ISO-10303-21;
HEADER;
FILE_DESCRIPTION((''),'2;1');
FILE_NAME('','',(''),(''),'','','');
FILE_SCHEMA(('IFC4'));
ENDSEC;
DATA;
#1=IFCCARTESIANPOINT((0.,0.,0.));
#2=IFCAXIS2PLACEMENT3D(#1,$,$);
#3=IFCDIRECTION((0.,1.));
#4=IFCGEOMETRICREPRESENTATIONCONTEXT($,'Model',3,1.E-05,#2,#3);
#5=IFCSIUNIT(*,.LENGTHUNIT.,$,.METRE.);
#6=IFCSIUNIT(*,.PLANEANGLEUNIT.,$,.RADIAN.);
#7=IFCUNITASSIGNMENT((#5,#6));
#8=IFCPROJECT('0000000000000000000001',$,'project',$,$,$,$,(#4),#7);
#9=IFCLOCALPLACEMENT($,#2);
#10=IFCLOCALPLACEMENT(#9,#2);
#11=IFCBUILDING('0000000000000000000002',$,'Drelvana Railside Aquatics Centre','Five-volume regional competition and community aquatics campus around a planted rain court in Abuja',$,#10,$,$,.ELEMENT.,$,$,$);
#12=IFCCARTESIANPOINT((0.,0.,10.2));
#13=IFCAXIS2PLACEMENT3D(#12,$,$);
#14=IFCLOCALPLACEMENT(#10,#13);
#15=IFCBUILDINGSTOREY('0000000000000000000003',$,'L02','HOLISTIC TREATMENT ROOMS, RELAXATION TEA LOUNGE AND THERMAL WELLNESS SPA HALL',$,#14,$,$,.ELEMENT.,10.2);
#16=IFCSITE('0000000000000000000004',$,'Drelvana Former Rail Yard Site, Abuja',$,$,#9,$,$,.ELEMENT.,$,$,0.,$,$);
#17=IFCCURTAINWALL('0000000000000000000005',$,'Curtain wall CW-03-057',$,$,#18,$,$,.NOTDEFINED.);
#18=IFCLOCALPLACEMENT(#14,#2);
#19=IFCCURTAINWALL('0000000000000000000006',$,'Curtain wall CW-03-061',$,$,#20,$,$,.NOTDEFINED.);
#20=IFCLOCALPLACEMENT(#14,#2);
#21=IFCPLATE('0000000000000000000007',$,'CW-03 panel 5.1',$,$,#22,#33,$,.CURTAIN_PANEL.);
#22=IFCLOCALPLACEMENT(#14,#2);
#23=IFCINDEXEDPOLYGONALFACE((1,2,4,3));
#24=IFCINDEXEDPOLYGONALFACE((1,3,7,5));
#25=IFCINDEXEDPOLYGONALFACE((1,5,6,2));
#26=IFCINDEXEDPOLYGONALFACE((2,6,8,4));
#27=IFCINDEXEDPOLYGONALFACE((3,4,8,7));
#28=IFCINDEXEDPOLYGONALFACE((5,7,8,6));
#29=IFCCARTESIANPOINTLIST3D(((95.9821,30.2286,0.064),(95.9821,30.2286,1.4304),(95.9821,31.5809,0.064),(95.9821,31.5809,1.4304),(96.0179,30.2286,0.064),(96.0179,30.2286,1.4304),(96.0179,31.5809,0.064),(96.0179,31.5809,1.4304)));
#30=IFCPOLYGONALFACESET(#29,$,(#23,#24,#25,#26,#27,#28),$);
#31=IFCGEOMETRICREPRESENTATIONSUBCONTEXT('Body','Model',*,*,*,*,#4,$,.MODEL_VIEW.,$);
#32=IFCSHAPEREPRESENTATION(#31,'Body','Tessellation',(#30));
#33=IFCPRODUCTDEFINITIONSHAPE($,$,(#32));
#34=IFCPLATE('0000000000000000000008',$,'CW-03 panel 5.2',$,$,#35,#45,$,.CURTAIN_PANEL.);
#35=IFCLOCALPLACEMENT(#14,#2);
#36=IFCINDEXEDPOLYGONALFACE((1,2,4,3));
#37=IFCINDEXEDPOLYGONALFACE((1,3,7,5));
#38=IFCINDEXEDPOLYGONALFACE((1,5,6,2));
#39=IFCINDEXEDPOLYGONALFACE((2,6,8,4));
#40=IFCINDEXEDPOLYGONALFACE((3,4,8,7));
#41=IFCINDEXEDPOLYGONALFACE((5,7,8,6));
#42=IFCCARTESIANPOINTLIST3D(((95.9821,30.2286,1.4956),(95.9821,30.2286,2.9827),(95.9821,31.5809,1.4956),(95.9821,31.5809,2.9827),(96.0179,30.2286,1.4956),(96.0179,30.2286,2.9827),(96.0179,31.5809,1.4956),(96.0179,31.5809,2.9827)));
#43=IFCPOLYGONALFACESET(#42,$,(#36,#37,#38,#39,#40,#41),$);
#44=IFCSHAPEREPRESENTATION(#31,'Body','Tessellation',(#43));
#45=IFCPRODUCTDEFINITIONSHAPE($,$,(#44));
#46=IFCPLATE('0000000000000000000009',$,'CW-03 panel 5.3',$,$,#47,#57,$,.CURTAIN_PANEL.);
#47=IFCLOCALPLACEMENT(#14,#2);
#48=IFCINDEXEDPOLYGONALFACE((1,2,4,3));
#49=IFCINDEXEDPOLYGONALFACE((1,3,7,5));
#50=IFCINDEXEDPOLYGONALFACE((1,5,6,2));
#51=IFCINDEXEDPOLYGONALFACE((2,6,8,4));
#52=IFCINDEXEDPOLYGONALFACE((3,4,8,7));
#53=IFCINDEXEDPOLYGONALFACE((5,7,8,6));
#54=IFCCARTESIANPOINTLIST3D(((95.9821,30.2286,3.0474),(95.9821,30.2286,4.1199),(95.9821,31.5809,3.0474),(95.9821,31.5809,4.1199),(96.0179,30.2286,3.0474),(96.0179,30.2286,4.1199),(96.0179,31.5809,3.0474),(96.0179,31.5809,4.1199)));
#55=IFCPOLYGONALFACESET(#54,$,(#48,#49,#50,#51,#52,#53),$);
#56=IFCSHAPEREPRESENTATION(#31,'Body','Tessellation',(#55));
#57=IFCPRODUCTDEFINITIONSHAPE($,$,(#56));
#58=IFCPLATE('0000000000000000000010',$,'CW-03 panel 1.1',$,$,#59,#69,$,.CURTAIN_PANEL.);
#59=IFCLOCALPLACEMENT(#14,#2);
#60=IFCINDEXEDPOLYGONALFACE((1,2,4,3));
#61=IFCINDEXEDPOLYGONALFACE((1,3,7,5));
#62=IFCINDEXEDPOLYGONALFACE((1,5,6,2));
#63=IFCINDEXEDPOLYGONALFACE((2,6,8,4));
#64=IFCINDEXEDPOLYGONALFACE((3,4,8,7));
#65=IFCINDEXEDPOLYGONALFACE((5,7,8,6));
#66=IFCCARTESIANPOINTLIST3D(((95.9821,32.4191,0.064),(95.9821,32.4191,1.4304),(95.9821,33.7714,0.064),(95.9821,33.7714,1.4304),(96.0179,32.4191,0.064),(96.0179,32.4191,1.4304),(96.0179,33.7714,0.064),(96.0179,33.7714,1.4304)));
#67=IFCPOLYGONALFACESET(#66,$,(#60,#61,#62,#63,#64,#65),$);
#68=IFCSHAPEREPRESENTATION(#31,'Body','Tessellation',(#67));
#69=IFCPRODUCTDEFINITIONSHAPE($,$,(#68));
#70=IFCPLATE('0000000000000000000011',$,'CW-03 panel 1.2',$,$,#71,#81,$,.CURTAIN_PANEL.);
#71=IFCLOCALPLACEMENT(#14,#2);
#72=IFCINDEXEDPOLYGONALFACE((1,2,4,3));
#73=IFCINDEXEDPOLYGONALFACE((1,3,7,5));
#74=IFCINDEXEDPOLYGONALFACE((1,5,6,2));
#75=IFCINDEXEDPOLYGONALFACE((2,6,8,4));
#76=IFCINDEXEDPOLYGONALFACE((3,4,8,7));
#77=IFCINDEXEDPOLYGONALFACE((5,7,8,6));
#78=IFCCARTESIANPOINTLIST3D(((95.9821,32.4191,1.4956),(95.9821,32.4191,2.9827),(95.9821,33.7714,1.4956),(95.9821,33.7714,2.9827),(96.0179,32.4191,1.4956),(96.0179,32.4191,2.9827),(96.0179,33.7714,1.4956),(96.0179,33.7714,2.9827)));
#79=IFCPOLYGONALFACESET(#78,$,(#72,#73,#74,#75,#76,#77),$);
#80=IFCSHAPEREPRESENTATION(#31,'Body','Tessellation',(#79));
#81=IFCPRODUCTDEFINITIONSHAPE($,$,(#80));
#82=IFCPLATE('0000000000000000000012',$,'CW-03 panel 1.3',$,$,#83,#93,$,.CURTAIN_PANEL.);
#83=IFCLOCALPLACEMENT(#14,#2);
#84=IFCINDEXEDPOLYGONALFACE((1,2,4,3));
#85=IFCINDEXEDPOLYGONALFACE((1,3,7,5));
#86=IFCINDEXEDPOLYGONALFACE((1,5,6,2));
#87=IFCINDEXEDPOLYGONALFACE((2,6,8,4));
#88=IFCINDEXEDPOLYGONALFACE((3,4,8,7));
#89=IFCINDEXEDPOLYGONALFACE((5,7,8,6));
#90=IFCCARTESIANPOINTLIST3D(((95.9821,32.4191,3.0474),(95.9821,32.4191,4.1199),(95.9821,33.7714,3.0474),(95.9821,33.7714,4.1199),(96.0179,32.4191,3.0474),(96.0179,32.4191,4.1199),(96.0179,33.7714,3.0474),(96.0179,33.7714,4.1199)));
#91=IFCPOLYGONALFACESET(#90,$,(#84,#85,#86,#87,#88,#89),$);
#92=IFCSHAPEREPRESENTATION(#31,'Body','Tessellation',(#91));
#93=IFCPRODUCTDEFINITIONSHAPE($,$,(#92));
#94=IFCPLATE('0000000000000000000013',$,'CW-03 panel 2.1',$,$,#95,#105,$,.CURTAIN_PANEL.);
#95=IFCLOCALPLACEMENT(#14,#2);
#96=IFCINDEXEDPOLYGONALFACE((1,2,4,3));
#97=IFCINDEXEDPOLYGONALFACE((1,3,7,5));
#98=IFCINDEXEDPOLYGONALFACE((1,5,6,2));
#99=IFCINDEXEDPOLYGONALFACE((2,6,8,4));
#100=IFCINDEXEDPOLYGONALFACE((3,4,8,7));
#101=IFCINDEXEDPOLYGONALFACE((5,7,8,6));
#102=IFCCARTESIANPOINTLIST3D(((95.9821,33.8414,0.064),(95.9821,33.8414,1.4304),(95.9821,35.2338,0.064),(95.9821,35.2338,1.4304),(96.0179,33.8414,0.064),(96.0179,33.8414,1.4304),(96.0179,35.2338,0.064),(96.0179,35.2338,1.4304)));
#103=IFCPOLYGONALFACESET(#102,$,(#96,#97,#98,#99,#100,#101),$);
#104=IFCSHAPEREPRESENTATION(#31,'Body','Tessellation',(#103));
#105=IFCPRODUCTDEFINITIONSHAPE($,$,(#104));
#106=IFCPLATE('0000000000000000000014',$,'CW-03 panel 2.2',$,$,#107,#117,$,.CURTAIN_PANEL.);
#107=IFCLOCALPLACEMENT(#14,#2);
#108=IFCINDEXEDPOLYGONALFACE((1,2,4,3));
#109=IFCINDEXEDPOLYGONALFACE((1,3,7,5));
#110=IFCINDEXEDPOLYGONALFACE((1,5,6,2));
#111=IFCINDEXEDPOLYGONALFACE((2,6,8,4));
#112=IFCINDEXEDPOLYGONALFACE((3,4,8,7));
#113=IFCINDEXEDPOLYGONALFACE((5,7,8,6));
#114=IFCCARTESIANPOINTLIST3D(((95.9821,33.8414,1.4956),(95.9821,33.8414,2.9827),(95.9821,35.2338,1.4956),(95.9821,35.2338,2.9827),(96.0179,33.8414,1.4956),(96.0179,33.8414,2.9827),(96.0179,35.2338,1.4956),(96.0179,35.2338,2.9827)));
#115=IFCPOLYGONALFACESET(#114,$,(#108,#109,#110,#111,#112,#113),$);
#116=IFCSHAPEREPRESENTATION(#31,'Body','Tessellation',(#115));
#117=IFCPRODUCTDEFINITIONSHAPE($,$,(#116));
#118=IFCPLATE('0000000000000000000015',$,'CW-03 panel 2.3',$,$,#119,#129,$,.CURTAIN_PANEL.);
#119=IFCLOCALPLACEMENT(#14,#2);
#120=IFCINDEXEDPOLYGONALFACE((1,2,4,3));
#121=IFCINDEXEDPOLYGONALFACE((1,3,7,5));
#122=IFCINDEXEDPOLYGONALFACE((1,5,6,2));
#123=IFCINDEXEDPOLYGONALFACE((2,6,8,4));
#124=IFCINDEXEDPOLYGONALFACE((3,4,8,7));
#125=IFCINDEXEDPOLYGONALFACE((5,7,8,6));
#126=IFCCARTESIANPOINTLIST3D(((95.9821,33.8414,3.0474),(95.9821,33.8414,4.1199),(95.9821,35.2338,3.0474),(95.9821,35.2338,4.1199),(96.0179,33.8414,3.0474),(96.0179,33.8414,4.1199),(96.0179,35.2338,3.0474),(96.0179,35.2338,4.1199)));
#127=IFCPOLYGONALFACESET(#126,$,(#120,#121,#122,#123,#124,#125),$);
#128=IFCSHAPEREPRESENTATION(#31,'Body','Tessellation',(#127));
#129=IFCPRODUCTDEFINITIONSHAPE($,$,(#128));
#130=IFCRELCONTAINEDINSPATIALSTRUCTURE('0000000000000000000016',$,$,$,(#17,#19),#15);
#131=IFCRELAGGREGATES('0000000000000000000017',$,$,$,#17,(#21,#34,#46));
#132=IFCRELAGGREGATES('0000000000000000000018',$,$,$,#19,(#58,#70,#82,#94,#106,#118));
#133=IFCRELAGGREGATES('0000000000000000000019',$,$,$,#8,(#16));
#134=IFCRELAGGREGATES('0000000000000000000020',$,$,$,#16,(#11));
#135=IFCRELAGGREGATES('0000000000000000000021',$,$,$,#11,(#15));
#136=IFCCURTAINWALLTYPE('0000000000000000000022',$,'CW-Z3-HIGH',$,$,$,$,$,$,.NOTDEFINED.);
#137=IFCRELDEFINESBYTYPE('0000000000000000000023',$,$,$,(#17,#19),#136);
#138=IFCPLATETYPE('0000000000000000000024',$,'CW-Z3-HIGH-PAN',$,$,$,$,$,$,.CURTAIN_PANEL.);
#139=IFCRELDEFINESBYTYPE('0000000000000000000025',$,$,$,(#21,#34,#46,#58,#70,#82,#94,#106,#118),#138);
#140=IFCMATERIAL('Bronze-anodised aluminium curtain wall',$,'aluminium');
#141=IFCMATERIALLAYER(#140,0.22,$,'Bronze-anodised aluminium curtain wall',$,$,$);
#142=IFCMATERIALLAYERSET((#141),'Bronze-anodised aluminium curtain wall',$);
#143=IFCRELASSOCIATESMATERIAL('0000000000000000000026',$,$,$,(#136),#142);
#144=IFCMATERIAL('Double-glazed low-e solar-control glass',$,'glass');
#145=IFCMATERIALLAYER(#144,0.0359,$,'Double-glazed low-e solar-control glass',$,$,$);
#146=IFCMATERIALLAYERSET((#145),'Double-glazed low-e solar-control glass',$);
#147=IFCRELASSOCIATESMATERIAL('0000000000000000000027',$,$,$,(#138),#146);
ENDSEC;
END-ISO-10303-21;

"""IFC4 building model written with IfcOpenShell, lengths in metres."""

from ifc_helpers import new_model, si_unit, direction, frame, origin, origin_2d, place, context, subcontext, project, spatial, rectangle, extrude, material, layer, layer_set, type_object, element, aggregate, save


model = new_model("IFC4")

# Units and contexts
model_context = context("Model", 3, precision=1e-05, world=origin(), true_north=direction((0.0, 1.0)))
body_context = subcontext(model_context, "Body", "Model", "MODEL_VIEW")
ifc_project = project(units=[si_unit("LENGTHUNIT", "METRE"), si_unit("PLANEANGLEUNIT", "RADIAN")], contexts=[model_context])

# Site, building, storey
site_placement = place(None, origin())
site = spatial("IfcSite", under=ifc_project, at=site_placement, Name="Drelvana Former Rail Yard Site, Abuja", CompositionType="ELEMENT", RefElevation=0.0)
building_placement = place(site_placement, origin())
building = spatial("IfcBuilding", under=site, at=building_placement, Name="Drelvana Railside Aquatics Centre", Description="Five-volume regional competition and community aquatics campus around a planted rain court in Abuja", CompositionType="ELEMENT")
storey_placement = place(building_placement, frame((0.0, 0.0, 10.2)))
storey = spatial("IfcBuildingStorey", under=building, at=storey_placement, Name="L02", Description="HOLISTIC TREATMENT ROOMS, RELAXATION TEA LOUNGE AND THERMAL WELLNESS SPA HALL", CompositionType="ELEMENT", Elevation=10.2)

# Curtain wall
ifc_material_1 = material(Name="Bronze-anodised aluminium curtain wall", Category="aluminium")
ifc_layer_1 = layer(ifc_material_1, 0.22, Name="Bronze-anodised aluminium curtain wall")
ifc_layer_set_1 = layer_set([ifc_layer_1], Name="Bronze-anodised aluminium curtain wall")
curtain_wall_type = type_object("IfcCurtainWallType", Name="CW-Z3-HIGH", PredefinedType="NOTDEFINED", material=ifc_layer_set_1)
curtain_wall_1_placement = place(storey_placement, origin())
curtain_wall_1 = element("IfcCurtainWall", 1, at=curtain_wall_1_placement, inside=storey, type_object=curtain_wall_type, Name="Curtain wall CW-03-057", PredefinedType="NOTDEFINED")

# Curtain wall
curtain_wall_2_placement = place(storey_placement, origin())
curtain_wall_2 = element("IfcCurtainWall", 2, at=curtain_wall_2_placement, inside=storey, type_object=curtain_wall_type, Name="Curtain wall CW-03-061", PredefinedType="NOTDEFINED")

# Plates
ifc_material_2 = material(Name="Double-glazed low-e solar-control glass", Category="glass")
ifc_layer_2 = layer(ifc_material_2, 0.0359, Name="Double-glazed low-e solar-control glass")
ifc_layer_set_2 = layer_set([ifc_layer_2], Name="Double-glazed low-e solar-control glass")
plate_type = type_object("IfcPlateType", Name="CW-Z3-HIGH-PAN", PredefinedType="CURTAIN_PANEL", material=ifc_layer_set_2)
plate_1_placement = place(storey_placement, frame((96.0, 30.9048, 0.064), z_axis=(0.0, 0.0, 1.0), x_axis=(0.0, 1.0, 0.0)))
plate_1 = element("IfcPlate", 3, at=plate_1_placement, type_object=plate_type, Name="CW-03 panel 5.1", PredefinedType="CURTAIN_PANEL", context=body_context, shape_type="SweptSolid", body=[
    extrude(rectangle(XDim=1.3523, YDim=0.0359, at=origin_2d()), origin(), (0.0, 0.0, 1.0), 1.3665),
])
plate_2_placement = place(storey_placement, frame((96.0, 30.9048, 1.4956), z_axis=(0.0, 0.0, 1.0), x_axis=(0.0, 1.0, 0.0)))
plate_2 = element("IfcPlate", 4, at=plate_2_placement, type_object=plate_type, Name="CW-03 panel 5.2", PredefinedType="CURTAIN_PANEL", context=body_context, shape_type="SweptSolid", body=[
    extrude(rectangle(XDim=1.3523, YDim=0.0359, at=origin_2d()), origin(), (0.0, 0.0, 1.0), 1.4871),
])
plate_3_placement = place(storey_placement, frame((96.0, 30.9048, 3.0474), z_axis=(0.0, 0.0, 1.0), x_axis=(0.0, 1.0, 0.0)))
plate_3 = element("IfcPlate", 5, at=plate_3_placement, type_object=plate_type, Name="CW-03 panel 5.3", PredefinedType="CURTAIN_PANEL", context=body_context, shape_type="SweptSolid", body=[
    extrude(rectangle(XDim=1.3523, YDim=0.0359, at=origin_2d()), origin(), (0.0, 0.0, 1.0), 1.0725),
])
aggregate(curtain_wall_1, [plate_1, plate_2, plate_3])
plate_4_placement = place(storey_placement, frame((96.0, 33.0952, 0.064), z_axis=(0.0, 0.0, 1.0), x_axis=(0.0, 1.0, 0.0)))
plate_4 = element("IfcPlate", 6, at=plate_4_placement, type_object=plate_type, Name="CW-03 panel 1.1", PredefinedType="CURTAIN_PANEL", context=body_context, shape_type="SweptSolid", body=[
    extrude(rectangle(XDim=1.3523, YDim=0.0359, at=origin_2d()), origin(), (0.0, 0.0, 1.0), 1.3665),
])
plate_5_placement = place(storey_placement, frame((96.0, 33.0952, 1.4956), z_axis=(0.0, 0.0, 1.0), x_axis=(0.0, 1.0, 0.0)))
plate_5 = element("IfcPlate", 7, at=plate_5_placement, type_object=plate_type, Name="CW-03 panel 1.2", PredefinedType="CURTAIN_PANEL", context=body_context, shape_type="SweptSolid", body=[
    extrude(rectangle(XDim=1.3523, YDim=0.0359, at=origin_2d()), origin(), (0.0, 0.0, 1.0), 1.4871),
])
plate_6_placement = place(storey_placement, frame((96.0, 33.0952, 3.0474), z_axis=(0.0, 0.0, 1.0), x_axis=(0.0, 1.0, 0.0)))
plate_6 = element("IfcPlate", 8, at=plate_6_placement, type_object=plate_type, Name="CW-03 panel 1.3", PredefinedType="CURTAIN_PANEL", context=body_context, shape_type="SweptSolid", body=[
    extrude(rectangle(XDim=1.3523, YDim=0.0359, at=origin_2d()), origin(), (0.0, 0.0, 1.0), 1.0725),
])
plate_7_placement = place(storey_placement, frame((96.0, 34.5376, 0.064), z_axis=(0.0, 0.0, 1.0), x_axis=(0.0, 1.0, 0.0)))
plate_7 = element("IfcPlate", 9, at=plate_7_placement, type_object=plate_type, Name="CW-03 panel 2.1", PredefinedType="CURTAIN_PANEL", context=body_context, shape_type="SweptSolid", body=[
    extrude(rectangle(XDim=1.3923, YDim=0.0359, at=origin_2d()), origin(), (0.0, 0.0, 1.0), 1.3665),
])
plate_8_placement = place(storey_placement, frame((96.0, 34.5376, 1.4956), z_axis=(0.0, 0.0, 1.0), x_axis=(0.0, 1.0, 0.0)))
plate_8 = element("IfcPlate", 10, at=plate_8_placement, type_object=plate_type, Name="CW-03 panel 2.2", PredefinedType="CURTAIN_PANEL", context=body_context, shape_type="SweptSolid", body=[
    extrude(rectangle(XDim=1.3923, YDim=0.0359, at=origin_2d()), origin(), (0.0, 0.0, 1.0), 1.4871),
])
plate_9_placement = place(storey_placement, frame((96.0, 34.5376, 3.0474), z_axis=(0.0, 0.0, 1.0), x_axis=(0.0, 1.0, 0.0)))
plate_9 = element("IfcPlate", 11, at=plate_9_placement, type_object=plate_type, Name="CW-03 panel 2.3", PredefinedType="CURTAIN_PANEL", context=body_context, shape_type="SweptSolid", body=[
    extrude(rectangle(XDim=1.3923, YDim=0.0359, at=origin_2d()), origin(), (0.0, 0.0, 1.0), 1.0725),
])
aggregate(curtain_wall_2, [plate_4, plate_5, plate_6, plate_7, plate_8, plate_9])

save(model, "model.ifc")
